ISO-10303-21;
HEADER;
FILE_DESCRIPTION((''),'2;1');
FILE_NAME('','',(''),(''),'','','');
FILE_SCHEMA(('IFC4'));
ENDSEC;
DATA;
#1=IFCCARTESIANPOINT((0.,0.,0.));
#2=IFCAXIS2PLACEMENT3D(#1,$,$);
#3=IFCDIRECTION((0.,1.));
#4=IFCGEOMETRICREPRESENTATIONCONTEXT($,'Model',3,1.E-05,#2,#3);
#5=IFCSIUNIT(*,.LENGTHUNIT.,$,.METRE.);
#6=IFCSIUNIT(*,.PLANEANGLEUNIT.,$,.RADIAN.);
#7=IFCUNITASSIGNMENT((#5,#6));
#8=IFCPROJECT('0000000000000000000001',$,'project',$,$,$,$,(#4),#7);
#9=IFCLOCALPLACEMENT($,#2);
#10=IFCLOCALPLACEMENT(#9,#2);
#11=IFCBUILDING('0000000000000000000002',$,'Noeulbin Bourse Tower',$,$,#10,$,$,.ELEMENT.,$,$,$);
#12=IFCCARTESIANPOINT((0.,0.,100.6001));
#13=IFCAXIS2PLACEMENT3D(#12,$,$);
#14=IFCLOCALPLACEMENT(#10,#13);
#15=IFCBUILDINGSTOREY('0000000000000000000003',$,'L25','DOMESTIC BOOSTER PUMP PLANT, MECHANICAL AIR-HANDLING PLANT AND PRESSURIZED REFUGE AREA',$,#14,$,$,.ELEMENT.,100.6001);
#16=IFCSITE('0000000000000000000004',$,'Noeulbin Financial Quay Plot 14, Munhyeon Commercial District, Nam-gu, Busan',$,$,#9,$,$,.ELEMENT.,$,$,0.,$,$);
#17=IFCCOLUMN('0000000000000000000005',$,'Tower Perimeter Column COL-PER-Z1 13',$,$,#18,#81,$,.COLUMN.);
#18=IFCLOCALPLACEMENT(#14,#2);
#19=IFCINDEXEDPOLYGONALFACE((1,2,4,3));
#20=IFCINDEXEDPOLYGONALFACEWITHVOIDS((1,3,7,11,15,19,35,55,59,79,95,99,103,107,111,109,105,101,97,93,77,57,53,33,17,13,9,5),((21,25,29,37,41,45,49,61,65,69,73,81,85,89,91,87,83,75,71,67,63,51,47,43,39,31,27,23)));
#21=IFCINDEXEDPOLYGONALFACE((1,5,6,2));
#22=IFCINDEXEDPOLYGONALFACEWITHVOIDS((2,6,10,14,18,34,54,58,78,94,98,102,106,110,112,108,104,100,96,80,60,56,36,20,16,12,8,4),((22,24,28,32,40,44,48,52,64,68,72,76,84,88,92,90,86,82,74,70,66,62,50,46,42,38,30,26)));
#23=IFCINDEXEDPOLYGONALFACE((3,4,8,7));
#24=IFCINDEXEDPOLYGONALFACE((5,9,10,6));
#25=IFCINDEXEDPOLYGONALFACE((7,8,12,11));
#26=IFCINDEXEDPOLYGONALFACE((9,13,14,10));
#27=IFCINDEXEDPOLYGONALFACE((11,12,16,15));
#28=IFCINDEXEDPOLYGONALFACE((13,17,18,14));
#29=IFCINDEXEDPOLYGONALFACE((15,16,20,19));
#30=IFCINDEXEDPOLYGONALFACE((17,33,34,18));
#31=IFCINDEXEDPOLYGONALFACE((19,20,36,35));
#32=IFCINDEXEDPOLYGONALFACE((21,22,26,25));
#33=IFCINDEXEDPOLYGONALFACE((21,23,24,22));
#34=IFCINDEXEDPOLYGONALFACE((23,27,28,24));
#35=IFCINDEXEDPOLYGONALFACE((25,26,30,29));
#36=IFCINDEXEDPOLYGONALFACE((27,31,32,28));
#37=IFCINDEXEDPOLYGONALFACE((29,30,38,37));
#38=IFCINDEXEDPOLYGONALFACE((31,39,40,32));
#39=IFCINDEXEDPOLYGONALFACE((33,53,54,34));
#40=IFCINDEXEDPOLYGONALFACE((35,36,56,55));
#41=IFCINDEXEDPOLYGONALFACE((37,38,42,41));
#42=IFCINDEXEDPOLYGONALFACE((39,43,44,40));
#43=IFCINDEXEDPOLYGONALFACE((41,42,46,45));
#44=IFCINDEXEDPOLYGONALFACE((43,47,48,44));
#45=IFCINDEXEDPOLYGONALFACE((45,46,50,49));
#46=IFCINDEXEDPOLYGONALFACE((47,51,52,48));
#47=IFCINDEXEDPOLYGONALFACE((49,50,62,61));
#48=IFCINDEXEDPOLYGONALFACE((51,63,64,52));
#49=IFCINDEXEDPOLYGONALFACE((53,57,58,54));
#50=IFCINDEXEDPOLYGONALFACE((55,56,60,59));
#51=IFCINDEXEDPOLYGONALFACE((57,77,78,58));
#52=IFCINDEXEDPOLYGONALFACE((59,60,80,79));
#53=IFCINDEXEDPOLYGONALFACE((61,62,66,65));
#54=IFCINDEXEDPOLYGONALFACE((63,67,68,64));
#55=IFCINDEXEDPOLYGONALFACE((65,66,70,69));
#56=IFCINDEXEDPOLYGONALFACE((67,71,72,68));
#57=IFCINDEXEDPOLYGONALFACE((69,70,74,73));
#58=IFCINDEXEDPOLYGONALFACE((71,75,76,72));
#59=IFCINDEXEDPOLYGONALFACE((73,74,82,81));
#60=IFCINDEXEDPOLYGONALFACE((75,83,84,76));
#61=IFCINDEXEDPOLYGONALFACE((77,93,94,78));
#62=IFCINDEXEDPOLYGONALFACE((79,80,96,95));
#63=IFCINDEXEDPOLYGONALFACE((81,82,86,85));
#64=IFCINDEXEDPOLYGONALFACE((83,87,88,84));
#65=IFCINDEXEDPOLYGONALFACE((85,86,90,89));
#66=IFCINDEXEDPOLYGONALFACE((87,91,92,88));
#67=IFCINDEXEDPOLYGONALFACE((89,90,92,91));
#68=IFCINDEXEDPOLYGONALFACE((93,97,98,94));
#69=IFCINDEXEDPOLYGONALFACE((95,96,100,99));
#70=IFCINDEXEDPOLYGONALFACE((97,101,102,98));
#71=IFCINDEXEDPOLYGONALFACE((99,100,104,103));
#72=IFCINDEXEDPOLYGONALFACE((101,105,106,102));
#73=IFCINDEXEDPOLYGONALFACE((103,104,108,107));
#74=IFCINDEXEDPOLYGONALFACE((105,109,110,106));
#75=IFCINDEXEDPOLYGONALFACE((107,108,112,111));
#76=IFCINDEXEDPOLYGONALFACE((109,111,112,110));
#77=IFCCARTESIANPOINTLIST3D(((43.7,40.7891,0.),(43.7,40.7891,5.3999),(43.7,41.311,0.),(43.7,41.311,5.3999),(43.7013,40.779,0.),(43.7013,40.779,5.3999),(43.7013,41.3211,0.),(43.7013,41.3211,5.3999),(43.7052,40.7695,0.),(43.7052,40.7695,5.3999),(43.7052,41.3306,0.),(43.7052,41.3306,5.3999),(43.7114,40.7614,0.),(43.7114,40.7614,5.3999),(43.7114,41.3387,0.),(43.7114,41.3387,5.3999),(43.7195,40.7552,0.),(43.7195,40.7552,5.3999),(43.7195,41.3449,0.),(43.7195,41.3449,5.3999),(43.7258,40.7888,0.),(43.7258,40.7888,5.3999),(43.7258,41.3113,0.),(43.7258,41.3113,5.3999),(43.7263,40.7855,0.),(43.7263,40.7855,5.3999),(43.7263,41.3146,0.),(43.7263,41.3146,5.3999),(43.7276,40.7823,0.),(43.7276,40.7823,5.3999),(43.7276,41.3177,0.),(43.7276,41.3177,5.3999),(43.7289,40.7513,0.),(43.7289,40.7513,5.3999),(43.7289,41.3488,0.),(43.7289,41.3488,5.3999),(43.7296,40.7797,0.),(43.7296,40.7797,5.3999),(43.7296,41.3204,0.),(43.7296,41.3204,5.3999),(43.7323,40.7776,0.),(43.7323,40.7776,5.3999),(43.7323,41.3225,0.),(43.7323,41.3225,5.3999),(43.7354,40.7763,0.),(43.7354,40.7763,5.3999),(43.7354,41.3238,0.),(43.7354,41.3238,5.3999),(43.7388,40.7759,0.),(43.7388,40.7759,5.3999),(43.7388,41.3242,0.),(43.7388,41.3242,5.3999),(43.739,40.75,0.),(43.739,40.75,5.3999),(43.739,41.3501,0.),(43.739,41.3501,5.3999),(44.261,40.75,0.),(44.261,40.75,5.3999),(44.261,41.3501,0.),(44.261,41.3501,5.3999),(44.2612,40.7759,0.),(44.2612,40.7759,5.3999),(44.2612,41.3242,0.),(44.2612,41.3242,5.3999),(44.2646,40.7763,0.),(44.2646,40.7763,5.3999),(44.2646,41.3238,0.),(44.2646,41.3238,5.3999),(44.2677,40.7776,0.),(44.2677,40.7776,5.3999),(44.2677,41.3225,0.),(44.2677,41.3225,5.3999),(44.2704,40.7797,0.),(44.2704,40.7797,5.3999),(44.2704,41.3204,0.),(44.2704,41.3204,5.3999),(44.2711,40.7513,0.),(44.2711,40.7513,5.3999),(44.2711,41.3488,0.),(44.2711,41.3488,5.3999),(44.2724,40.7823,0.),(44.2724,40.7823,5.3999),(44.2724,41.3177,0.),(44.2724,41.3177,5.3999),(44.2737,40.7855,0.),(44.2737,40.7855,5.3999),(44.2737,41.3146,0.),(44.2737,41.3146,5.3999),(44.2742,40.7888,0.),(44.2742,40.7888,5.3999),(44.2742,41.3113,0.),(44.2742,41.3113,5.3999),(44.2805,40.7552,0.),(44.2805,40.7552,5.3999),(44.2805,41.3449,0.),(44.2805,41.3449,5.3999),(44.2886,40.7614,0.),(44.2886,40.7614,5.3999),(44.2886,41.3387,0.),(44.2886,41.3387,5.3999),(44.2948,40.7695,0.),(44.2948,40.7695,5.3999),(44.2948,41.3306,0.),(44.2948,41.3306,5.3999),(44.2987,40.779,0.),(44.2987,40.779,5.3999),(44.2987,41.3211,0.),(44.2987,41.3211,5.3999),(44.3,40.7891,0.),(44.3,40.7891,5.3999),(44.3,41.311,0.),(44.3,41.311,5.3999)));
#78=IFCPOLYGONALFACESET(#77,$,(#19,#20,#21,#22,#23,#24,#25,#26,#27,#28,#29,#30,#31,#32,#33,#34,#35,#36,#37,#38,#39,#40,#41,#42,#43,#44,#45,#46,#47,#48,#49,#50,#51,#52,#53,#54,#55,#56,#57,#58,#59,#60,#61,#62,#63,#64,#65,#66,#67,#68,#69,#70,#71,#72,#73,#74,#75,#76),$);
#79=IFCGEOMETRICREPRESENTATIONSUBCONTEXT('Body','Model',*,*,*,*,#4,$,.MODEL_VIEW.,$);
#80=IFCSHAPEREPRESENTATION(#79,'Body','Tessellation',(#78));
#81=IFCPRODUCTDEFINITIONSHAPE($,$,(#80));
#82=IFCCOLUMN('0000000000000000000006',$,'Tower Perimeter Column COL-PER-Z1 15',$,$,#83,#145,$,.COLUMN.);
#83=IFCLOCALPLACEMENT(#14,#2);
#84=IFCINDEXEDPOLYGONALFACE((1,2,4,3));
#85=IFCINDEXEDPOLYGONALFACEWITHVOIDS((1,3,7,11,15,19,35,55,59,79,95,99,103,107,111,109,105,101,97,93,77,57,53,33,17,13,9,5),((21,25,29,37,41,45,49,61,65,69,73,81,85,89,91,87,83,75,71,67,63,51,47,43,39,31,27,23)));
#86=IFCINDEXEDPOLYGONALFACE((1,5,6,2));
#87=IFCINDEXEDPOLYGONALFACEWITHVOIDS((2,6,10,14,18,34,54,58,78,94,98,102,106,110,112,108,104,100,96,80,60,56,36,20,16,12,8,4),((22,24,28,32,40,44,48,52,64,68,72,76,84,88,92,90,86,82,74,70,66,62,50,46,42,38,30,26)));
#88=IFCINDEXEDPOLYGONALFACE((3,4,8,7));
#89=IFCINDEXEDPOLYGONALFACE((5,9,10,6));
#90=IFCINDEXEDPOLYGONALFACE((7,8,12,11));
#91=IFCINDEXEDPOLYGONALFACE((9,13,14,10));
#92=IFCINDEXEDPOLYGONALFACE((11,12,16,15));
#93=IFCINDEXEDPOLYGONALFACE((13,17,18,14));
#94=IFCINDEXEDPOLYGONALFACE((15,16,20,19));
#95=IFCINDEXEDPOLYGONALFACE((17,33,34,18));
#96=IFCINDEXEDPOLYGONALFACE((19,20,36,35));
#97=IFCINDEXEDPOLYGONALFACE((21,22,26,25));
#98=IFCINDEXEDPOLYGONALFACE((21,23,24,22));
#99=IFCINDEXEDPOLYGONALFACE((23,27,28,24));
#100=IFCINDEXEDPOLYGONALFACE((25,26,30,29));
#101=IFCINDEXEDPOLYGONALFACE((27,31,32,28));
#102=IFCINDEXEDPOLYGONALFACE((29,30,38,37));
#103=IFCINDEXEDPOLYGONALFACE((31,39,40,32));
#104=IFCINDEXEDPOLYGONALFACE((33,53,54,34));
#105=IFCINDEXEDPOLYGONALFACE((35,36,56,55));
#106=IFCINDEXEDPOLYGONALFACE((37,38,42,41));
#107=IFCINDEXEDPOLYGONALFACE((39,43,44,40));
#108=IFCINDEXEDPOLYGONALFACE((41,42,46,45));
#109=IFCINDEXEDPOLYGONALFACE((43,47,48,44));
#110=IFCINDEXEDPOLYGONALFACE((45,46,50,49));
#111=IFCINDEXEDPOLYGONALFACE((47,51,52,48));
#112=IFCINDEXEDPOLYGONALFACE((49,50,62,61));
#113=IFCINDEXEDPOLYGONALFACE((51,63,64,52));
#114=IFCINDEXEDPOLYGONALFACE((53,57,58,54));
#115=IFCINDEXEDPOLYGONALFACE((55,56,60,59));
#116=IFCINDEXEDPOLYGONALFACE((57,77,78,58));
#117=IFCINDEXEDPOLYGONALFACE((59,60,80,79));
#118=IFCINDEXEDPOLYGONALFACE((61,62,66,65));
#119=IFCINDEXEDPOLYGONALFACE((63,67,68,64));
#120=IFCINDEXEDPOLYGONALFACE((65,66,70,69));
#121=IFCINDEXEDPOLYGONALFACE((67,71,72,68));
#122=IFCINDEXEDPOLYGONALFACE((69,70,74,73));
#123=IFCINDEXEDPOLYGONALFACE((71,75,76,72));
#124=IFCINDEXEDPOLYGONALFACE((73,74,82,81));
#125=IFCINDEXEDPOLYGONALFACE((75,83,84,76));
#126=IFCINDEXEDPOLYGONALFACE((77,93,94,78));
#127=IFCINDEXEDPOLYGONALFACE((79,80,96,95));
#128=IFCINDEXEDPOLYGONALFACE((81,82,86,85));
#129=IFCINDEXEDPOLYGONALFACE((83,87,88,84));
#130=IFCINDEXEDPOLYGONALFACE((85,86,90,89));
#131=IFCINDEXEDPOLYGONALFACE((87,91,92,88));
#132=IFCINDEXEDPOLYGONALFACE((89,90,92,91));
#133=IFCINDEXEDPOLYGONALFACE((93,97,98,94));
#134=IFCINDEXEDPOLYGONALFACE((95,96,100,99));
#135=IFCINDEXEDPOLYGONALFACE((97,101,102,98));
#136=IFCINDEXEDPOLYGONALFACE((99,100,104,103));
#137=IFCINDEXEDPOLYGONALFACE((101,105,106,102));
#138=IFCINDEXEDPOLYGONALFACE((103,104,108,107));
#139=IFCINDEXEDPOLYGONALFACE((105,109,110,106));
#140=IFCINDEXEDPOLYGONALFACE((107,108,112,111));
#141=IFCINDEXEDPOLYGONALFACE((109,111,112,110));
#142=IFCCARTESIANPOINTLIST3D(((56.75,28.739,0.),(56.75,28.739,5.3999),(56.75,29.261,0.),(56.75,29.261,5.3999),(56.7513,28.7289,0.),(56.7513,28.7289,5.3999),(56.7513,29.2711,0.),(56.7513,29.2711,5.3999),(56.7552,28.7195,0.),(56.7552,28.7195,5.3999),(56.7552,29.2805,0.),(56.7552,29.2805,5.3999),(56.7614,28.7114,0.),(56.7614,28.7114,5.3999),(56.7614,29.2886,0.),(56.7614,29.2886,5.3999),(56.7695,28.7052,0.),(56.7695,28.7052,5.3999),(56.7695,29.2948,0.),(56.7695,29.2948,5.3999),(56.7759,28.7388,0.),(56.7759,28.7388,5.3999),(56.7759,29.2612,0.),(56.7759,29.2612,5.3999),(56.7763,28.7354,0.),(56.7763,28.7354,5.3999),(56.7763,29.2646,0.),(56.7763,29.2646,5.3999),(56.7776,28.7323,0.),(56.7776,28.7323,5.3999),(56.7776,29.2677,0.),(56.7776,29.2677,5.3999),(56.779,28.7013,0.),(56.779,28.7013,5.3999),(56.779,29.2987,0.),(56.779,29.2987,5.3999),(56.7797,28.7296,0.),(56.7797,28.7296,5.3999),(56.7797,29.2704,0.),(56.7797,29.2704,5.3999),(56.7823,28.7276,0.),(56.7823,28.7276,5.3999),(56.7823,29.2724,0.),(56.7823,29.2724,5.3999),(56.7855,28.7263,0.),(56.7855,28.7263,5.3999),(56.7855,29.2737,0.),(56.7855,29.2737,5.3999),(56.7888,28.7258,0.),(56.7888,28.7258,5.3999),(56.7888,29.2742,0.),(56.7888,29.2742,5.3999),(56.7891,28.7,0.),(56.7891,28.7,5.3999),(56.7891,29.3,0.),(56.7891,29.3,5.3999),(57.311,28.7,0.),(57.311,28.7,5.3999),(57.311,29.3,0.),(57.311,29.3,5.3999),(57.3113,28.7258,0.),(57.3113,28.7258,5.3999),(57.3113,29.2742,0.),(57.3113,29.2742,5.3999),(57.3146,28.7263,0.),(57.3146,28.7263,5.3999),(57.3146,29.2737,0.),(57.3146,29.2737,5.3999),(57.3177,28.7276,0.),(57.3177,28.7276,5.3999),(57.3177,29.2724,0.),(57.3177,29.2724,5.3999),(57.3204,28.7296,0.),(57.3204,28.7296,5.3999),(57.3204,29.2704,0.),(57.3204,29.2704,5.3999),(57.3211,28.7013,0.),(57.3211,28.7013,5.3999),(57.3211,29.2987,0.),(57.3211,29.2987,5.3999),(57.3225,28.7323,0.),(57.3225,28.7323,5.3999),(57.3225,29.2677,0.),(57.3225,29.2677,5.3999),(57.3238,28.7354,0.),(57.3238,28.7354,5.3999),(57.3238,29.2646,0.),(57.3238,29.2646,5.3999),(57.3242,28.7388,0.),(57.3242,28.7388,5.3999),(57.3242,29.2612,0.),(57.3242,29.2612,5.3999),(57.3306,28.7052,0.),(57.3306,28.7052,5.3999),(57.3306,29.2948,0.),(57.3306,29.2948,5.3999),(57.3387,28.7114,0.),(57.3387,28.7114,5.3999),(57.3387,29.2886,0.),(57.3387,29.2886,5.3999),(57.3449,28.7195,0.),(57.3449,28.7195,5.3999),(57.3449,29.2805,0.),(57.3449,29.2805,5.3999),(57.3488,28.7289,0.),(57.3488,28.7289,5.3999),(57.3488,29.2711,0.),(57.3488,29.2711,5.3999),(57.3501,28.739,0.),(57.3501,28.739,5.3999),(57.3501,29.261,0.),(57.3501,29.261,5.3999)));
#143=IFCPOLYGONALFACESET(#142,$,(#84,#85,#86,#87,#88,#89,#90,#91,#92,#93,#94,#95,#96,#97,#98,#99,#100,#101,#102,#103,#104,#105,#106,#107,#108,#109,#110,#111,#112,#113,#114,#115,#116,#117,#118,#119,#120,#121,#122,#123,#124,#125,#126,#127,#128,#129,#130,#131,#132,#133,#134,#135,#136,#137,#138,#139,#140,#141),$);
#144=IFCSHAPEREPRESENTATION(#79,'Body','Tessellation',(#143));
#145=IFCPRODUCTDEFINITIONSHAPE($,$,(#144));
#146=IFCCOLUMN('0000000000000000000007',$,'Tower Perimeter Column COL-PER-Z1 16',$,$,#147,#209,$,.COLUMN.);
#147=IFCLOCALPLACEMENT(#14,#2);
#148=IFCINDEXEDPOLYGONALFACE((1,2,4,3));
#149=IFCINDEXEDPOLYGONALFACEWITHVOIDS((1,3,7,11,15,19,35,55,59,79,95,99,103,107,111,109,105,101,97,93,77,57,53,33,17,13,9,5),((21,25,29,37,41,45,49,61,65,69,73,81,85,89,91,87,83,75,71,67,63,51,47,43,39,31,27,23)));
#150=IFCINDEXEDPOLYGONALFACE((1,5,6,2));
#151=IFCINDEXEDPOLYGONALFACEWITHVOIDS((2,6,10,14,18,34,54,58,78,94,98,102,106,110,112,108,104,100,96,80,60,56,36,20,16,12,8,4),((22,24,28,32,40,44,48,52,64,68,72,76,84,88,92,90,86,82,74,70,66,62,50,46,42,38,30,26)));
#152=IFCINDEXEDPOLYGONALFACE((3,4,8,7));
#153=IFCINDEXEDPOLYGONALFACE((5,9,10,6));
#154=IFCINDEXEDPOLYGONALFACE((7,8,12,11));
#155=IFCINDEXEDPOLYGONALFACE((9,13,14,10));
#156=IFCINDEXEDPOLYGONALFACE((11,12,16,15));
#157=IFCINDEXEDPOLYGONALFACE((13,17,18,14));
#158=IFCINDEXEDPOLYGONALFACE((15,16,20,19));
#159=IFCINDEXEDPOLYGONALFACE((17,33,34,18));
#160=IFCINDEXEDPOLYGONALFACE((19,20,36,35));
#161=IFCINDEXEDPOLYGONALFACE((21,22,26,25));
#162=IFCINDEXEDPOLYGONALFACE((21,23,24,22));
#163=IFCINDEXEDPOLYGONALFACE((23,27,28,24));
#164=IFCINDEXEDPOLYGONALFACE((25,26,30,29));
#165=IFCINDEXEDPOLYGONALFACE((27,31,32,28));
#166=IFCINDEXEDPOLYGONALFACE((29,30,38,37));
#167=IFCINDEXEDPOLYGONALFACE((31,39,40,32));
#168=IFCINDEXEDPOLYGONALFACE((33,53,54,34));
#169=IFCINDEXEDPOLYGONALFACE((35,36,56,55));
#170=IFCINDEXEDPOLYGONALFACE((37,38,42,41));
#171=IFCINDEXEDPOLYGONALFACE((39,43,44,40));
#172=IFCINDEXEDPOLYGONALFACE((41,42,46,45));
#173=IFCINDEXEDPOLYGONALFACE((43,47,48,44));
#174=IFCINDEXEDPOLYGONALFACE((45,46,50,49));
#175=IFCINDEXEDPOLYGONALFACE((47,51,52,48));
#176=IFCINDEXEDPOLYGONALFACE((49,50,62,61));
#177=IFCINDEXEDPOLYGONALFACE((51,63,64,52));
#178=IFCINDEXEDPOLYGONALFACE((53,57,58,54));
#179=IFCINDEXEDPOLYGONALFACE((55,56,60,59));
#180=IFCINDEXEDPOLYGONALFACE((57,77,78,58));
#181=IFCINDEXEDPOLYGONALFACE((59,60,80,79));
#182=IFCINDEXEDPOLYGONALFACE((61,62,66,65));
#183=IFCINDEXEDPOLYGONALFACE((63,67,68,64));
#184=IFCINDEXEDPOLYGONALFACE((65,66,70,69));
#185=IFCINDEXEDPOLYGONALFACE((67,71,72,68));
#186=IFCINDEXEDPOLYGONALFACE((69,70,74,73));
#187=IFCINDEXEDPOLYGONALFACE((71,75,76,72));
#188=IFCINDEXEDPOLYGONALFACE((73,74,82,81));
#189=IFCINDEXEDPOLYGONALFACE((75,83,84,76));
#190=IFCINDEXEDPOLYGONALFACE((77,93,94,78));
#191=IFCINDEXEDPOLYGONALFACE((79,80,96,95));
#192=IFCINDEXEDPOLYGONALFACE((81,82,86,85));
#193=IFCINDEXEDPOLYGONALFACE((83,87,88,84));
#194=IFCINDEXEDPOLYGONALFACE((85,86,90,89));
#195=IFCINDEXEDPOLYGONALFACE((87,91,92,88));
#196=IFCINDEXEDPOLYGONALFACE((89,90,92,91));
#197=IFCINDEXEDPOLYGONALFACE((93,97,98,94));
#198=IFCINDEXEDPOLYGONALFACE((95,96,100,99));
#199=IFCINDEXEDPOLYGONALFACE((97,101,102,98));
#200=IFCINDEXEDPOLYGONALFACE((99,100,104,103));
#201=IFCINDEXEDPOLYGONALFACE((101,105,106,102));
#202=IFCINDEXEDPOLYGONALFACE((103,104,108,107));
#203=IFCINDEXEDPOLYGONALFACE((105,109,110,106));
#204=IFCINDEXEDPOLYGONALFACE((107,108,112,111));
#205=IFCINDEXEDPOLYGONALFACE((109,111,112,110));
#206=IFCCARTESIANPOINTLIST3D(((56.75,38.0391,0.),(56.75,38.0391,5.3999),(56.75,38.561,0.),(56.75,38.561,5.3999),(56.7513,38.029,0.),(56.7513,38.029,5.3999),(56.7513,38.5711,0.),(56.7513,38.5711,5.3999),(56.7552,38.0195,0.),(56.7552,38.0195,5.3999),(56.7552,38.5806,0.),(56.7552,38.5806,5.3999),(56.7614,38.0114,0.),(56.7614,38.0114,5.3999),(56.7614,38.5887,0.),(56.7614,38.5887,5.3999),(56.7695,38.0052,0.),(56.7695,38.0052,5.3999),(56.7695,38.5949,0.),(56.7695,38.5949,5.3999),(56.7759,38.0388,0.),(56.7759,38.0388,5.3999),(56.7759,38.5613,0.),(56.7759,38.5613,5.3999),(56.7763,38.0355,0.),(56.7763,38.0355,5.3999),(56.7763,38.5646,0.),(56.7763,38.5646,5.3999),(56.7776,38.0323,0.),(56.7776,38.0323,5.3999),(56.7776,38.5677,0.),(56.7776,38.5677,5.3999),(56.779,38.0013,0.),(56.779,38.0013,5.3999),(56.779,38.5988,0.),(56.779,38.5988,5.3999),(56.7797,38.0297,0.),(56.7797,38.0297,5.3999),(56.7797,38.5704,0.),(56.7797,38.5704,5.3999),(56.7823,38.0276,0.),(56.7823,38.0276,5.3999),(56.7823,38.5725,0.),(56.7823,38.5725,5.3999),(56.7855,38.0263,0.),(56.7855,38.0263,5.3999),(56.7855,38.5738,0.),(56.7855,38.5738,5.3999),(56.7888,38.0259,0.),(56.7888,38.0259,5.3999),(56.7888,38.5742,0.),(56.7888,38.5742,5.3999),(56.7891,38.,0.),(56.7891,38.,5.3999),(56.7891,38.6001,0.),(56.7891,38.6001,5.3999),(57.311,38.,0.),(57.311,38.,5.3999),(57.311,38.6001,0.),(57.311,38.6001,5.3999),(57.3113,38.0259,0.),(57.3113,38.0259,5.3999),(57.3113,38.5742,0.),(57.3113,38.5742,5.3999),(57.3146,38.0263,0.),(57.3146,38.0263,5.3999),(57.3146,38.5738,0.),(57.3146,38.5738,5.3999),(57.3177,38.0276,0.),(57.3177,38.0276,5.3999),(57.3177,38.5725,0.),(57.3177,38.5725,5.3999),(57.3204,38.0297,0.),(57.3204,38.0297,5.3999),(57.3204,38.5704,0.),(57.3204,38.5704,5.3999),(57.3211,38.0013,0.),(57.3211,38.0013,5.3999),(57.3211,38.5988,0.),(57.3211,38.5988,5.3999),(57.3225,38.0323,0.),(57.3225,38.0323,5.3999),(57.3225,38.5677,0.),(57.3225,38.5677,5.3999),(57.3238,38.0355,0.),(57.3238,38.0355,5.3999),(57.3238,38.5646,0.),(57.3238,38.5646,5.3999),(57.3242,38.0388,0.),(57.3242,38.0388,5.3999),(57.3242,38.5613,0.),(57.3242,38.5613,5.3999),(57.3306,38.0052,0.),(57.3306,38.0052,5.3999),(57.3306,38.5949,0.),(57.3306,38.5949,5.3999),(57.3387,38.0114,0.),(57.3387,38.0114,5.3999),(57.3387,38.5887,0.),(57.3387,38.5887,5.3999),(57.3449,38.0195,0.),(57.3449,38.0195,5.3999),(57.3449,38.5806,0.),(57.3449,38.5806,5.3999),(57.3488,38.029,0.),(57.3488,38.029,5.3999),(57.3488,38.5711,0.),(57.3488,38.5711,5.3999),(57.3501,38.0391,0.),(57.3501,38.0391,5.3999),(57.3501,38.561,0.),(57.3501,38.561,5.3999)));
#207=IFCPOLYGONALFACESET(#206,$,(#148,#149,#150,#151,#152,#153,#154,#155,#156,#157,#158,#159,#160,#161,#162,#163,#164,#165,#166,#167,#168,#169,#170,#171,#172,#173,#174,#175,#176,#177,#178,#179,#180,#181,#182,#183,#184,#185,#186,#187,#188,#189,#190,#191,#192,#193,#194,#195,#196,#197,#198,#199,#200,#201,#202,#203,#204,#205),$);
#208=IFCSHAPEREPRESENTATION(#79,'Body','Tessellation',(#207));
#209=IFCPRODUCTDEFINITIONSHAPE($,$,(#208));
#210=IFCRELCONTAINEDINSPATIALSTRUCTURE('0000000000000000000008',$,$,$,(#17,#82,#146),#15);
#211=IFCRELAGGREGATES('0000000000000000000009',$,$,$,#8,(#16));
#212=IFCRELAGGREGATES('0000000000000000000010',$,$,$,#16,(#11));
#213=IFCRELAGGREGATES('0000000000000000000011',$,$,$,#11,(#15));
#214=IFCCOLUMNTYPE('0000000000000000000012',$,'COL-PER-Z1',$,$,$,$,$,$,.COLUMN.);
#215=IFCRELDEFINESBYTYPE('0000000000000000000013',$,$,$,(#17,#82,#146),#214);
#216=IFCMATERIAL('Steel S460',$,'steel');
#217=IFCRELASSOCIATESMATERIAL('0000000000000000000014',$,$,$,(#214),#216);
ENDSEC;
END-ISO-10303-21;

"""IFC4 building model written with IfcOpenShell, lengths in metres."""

from ifc_helpers import new_model, si_unit, direction, frame, origin, origin_2d, place, context, subcontext, project, spatial, hollow_rectangle, extrude, material, material_profile, profile_set, type_object, element, save


model = new_model("IFC4")

# Units and contexts
model_context = context("Model", 3, precision=1e-05, world=origin(), true_north=direction((0.0, 1.0)))
body_context = subcontext(model_context, "Body", "Model", "MODEL_VIEW")
ifc_project = project(units=[si_unit("LENGTHUNIT", "METRE"), si_unit("PLANEANGLEUNIT", "RADIAN")], contexts=[model_context])

# Site, building, storey
site_placement = place(None, origin())
site = spatial("IfcSite", under=ifc_project, at=site_placement, Name="Noeulbin Financial Quay Plot 14, Munhyeon Commercial District, Nam-gu, Busan", CompositionType="ELEMENT", RefElevation=0.0)
building_placement = place(site_placement, origin())
building = spatial("IfcBuilding", under=site, at=building_placement, Name="Noeulbin Bourse Tower", CompositionType="ELEMENT")
storey_placement = place(building_placement, frame((0.0, 0.0, 100.6001)))
storey = spatial("IfcBuildingStorey", under=building, at=storey_placement, Name="L25", Description="DOMESTIC BOOSTER PUMP PLANT, MECHANICAL AIR-HANDLING PLANT AND PRESSURIZED REFUGE AREA", CompositionType="ELEMENT", Elevation=100.6001)

# Columns
ifc_material_1 = material(Name="Steel S460", Category="steel")
ifc_material_profile_1 = material_profile(ifc_material_1, hollow_rectangle(XDim=0.6001, YDim=0.6001, WallThickness=0.0259, InnerFilletRadius=0.0129, OuterFilletRadius=0.0391, at=origin_2d()), Name="BOX-600x600x26", Category="LoadBearing")
ifc_profile_set_1 = profile_set([ifc_material_profile_1], Name="Steel S460")
column_type = type_object("IfcColumnType", Name="COL-PER-Z1", PredefinedType="COLUMN", material=ifc_profile_set_1)
for number, where, z_axis, x_axis, name in (
    (1, (44.0, 41.05, 0.0), (0.0, 0.0, 1.0), (1.0, 0.0, 0.0), "Tower Perimeter Column COL-PER-Z1 13"),
    (2, (57.05, 29.0, 0.0), (0.0, 0.0, 1.0), (1.0, 0.0, 0.0), "Tower Perimeter Column COL-PER-Z1 15"),
    (3, (57.05, 38.3, 0.0), (0.0, 0.0, 1.0), (1.0, 0.0, 0.0), "Tower Perimeter Column COL-PER-Z1 16"),
):
    element("IfcColumn", number, at=place(storey_placement, frame(where, z_axis=z_axis, x_axis=x_axis)), inside=storey, type_object=column_type, Name=name, PredefinedType="COLUMN", context=body_context, shape_type="SweptSolid", body=[
        extrude(hollow_rectangle(XDim=0.6001, YDim=0.6001, WallThickness=0.0259, InnerFilletRadius=0.0129, OuterFilletRadius=0.0391, at=origin_2d()), origin(), (0.0, 0.0, 1.0), 5.3999),
    ])

save(model, "model.ifc")
